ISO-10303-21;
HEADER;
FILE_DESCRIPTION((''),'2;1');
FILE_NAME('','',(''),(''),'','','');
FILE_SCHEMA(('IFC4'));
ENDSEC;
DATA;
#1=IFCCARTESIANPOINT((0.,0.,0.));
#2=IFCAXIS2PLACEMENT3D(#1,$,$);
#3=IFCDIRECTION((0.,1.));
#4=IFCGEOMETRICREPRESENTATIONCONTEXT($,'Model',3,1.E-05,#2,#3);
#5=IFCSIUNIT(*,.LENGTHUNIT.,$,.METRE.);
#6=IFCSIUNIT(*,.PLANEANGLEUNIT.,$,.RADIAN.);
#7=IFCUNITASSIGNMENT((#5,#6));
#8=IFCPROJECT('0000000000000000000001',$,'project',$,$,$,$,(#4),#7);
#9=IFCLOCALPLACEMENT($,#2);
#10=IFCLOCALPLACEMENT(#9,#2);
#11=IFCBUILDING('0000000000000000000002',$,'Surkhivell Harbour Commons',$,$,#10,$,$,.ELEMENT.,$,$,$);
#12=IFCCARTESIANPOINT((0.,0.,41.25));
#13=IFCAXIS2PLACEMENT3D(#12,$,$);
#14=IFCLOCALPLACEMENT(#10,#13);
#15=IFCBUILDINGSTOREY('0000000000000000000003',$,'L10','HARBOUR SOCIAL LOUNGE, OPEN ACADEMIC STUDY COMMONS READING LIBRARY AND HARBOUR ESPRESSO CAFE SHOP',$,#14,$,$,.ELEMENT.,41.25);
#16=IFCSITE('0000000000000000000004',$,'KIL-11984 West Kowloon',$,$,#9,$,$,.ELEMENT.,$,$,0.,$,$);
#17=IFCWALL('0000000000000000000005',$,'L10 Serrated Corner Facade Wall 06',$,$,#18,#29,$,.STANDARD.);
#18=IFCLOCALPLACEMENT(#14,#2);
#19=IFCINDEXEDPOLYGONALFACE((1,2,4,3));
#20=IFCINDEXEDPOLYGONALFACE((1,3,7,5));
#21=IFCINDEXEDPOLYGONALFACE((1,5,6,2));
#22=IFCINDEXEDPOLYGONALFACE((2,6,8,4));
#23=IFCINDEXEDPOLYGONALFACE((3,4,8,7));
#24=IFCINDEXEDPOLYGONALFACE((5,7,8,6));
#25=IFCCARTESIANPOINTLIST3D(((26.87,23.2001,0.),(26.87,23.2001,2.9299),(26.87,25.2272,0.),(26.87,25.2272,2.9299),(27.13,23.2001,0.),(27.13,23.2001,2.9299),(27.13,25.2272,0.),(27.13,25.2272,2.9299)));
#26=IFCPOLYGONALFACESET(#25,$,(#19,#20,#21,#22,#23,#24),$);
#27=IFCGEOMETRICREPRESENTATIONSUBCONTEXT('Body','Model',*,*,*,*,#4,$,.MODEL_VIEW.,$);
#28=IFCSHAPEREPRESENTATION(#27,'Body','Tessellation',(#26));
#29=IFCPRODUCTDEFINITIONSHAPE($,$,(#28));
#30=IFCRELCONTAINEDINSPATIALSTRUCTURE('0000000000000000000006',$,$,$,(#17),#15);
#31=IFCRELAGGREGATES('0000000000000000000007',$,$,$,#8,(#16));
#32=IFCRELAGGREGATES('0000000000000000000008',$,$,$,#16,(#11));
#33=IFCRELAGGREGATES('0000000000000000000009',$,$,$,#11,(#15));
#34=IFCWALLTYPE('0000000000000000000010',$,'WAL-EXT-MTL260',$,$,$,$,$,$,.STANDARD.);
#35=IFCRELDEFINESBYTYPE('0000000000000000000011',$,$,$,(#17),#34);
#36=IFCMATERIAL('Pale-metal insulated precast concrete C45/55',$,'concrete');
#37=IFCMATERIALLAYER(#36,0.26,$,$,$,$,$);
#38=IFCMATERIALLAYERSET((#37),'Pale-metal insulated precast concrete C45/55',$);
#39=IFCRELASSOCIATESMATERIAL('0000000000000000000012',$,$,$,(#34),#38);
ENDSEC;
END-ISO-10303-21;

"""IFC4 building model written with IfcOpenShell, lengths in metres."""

from ifc_helpers import new_model, si_unit, direction, frame, frame_2d, origin, place, context, subcontext, project, spatial, rectangle, extrude, material, layer, layer_set, type_object, element, save


model = new_model("IFC4")

# Units and contexts
model_context = context("Model", 3, precision=1e-05, world=origin(), true_north=direction((0.0, 1.0)))
body_context = subcontext(model_context, "Body", "Model", "MODEL_VIEW")
ifc_project = project(units=[si_unit("LENGTHUNIT", "METRE"), si_unit("PLANEANGLEUNIT", "RADIAN")], contexts=[model_context])

# Site, building, storey
site_placement = place(None, origin())
site = spatial("IfcSite", under=ifc_project, at=site_placement, Name="KIL-11984 West Kowloon", CompositionType="ELEMENT", RefElevation=0.0)
building_placement = place(site_placement, origin())
building = spatial("IfcBuilding", under=site, at=building_placement, Name="Surkhivell Harbour Commons", CompositionType="ELEMENT")
storey_placement = place(building_placement, frame((0.0, 0.0, 41.25)))
storey = spatial("IfcBuildingStorey", under=building, at=storey_placement, Name="L10", Description="HARBOUR SOCIAL LOUNGE, OPEN ACADEMIC STUDY COMMONS READING LIBRARY AND HARBOUR ESPRESSO CAFE SHOP", CompositionType="ELEMENT", Elevation=41.25)

# Shared definitions
ifc_material_1 = material(Name="Pale-metal insulated precast concrete C45/55", Category="concrete")
ifc_layer_1 = layer(ifc_material_1, 0.26)
ifc_layer_set_1 = layer_set([ifc_layer_1], Name="Pale-metal insulated precast concrete C45/55")
wall_type = type_object("IfcWallType", Name="WAL-EXT-MTL260", PredefinedType="STANDARD", material=ifc_layer_set_1)

# Wall
wall_1_placement = place(storey_placement, frame((27.0, 23.2, 0.0), z_axis=(0.0, 0.0, 1.0), x_axis=(0.0, 1.0, 0.0)))
element("IfcWall", 1, at=wall_1_placement, inside=storey, type_object=wall_type, Name="L10 Serrated Corner Facade Wall 06", PredefinedType="STANDARD", context=body_context, shape_type="SweptSolid", body=[
    extrude(rectangle(XDim=2.0271, YDim=0.26, at=frame_2d((1.0137, 0.0))), origin(), (0.0, 0.0, 1.0), 2.9299),
])

save(model, "model.ifc")
